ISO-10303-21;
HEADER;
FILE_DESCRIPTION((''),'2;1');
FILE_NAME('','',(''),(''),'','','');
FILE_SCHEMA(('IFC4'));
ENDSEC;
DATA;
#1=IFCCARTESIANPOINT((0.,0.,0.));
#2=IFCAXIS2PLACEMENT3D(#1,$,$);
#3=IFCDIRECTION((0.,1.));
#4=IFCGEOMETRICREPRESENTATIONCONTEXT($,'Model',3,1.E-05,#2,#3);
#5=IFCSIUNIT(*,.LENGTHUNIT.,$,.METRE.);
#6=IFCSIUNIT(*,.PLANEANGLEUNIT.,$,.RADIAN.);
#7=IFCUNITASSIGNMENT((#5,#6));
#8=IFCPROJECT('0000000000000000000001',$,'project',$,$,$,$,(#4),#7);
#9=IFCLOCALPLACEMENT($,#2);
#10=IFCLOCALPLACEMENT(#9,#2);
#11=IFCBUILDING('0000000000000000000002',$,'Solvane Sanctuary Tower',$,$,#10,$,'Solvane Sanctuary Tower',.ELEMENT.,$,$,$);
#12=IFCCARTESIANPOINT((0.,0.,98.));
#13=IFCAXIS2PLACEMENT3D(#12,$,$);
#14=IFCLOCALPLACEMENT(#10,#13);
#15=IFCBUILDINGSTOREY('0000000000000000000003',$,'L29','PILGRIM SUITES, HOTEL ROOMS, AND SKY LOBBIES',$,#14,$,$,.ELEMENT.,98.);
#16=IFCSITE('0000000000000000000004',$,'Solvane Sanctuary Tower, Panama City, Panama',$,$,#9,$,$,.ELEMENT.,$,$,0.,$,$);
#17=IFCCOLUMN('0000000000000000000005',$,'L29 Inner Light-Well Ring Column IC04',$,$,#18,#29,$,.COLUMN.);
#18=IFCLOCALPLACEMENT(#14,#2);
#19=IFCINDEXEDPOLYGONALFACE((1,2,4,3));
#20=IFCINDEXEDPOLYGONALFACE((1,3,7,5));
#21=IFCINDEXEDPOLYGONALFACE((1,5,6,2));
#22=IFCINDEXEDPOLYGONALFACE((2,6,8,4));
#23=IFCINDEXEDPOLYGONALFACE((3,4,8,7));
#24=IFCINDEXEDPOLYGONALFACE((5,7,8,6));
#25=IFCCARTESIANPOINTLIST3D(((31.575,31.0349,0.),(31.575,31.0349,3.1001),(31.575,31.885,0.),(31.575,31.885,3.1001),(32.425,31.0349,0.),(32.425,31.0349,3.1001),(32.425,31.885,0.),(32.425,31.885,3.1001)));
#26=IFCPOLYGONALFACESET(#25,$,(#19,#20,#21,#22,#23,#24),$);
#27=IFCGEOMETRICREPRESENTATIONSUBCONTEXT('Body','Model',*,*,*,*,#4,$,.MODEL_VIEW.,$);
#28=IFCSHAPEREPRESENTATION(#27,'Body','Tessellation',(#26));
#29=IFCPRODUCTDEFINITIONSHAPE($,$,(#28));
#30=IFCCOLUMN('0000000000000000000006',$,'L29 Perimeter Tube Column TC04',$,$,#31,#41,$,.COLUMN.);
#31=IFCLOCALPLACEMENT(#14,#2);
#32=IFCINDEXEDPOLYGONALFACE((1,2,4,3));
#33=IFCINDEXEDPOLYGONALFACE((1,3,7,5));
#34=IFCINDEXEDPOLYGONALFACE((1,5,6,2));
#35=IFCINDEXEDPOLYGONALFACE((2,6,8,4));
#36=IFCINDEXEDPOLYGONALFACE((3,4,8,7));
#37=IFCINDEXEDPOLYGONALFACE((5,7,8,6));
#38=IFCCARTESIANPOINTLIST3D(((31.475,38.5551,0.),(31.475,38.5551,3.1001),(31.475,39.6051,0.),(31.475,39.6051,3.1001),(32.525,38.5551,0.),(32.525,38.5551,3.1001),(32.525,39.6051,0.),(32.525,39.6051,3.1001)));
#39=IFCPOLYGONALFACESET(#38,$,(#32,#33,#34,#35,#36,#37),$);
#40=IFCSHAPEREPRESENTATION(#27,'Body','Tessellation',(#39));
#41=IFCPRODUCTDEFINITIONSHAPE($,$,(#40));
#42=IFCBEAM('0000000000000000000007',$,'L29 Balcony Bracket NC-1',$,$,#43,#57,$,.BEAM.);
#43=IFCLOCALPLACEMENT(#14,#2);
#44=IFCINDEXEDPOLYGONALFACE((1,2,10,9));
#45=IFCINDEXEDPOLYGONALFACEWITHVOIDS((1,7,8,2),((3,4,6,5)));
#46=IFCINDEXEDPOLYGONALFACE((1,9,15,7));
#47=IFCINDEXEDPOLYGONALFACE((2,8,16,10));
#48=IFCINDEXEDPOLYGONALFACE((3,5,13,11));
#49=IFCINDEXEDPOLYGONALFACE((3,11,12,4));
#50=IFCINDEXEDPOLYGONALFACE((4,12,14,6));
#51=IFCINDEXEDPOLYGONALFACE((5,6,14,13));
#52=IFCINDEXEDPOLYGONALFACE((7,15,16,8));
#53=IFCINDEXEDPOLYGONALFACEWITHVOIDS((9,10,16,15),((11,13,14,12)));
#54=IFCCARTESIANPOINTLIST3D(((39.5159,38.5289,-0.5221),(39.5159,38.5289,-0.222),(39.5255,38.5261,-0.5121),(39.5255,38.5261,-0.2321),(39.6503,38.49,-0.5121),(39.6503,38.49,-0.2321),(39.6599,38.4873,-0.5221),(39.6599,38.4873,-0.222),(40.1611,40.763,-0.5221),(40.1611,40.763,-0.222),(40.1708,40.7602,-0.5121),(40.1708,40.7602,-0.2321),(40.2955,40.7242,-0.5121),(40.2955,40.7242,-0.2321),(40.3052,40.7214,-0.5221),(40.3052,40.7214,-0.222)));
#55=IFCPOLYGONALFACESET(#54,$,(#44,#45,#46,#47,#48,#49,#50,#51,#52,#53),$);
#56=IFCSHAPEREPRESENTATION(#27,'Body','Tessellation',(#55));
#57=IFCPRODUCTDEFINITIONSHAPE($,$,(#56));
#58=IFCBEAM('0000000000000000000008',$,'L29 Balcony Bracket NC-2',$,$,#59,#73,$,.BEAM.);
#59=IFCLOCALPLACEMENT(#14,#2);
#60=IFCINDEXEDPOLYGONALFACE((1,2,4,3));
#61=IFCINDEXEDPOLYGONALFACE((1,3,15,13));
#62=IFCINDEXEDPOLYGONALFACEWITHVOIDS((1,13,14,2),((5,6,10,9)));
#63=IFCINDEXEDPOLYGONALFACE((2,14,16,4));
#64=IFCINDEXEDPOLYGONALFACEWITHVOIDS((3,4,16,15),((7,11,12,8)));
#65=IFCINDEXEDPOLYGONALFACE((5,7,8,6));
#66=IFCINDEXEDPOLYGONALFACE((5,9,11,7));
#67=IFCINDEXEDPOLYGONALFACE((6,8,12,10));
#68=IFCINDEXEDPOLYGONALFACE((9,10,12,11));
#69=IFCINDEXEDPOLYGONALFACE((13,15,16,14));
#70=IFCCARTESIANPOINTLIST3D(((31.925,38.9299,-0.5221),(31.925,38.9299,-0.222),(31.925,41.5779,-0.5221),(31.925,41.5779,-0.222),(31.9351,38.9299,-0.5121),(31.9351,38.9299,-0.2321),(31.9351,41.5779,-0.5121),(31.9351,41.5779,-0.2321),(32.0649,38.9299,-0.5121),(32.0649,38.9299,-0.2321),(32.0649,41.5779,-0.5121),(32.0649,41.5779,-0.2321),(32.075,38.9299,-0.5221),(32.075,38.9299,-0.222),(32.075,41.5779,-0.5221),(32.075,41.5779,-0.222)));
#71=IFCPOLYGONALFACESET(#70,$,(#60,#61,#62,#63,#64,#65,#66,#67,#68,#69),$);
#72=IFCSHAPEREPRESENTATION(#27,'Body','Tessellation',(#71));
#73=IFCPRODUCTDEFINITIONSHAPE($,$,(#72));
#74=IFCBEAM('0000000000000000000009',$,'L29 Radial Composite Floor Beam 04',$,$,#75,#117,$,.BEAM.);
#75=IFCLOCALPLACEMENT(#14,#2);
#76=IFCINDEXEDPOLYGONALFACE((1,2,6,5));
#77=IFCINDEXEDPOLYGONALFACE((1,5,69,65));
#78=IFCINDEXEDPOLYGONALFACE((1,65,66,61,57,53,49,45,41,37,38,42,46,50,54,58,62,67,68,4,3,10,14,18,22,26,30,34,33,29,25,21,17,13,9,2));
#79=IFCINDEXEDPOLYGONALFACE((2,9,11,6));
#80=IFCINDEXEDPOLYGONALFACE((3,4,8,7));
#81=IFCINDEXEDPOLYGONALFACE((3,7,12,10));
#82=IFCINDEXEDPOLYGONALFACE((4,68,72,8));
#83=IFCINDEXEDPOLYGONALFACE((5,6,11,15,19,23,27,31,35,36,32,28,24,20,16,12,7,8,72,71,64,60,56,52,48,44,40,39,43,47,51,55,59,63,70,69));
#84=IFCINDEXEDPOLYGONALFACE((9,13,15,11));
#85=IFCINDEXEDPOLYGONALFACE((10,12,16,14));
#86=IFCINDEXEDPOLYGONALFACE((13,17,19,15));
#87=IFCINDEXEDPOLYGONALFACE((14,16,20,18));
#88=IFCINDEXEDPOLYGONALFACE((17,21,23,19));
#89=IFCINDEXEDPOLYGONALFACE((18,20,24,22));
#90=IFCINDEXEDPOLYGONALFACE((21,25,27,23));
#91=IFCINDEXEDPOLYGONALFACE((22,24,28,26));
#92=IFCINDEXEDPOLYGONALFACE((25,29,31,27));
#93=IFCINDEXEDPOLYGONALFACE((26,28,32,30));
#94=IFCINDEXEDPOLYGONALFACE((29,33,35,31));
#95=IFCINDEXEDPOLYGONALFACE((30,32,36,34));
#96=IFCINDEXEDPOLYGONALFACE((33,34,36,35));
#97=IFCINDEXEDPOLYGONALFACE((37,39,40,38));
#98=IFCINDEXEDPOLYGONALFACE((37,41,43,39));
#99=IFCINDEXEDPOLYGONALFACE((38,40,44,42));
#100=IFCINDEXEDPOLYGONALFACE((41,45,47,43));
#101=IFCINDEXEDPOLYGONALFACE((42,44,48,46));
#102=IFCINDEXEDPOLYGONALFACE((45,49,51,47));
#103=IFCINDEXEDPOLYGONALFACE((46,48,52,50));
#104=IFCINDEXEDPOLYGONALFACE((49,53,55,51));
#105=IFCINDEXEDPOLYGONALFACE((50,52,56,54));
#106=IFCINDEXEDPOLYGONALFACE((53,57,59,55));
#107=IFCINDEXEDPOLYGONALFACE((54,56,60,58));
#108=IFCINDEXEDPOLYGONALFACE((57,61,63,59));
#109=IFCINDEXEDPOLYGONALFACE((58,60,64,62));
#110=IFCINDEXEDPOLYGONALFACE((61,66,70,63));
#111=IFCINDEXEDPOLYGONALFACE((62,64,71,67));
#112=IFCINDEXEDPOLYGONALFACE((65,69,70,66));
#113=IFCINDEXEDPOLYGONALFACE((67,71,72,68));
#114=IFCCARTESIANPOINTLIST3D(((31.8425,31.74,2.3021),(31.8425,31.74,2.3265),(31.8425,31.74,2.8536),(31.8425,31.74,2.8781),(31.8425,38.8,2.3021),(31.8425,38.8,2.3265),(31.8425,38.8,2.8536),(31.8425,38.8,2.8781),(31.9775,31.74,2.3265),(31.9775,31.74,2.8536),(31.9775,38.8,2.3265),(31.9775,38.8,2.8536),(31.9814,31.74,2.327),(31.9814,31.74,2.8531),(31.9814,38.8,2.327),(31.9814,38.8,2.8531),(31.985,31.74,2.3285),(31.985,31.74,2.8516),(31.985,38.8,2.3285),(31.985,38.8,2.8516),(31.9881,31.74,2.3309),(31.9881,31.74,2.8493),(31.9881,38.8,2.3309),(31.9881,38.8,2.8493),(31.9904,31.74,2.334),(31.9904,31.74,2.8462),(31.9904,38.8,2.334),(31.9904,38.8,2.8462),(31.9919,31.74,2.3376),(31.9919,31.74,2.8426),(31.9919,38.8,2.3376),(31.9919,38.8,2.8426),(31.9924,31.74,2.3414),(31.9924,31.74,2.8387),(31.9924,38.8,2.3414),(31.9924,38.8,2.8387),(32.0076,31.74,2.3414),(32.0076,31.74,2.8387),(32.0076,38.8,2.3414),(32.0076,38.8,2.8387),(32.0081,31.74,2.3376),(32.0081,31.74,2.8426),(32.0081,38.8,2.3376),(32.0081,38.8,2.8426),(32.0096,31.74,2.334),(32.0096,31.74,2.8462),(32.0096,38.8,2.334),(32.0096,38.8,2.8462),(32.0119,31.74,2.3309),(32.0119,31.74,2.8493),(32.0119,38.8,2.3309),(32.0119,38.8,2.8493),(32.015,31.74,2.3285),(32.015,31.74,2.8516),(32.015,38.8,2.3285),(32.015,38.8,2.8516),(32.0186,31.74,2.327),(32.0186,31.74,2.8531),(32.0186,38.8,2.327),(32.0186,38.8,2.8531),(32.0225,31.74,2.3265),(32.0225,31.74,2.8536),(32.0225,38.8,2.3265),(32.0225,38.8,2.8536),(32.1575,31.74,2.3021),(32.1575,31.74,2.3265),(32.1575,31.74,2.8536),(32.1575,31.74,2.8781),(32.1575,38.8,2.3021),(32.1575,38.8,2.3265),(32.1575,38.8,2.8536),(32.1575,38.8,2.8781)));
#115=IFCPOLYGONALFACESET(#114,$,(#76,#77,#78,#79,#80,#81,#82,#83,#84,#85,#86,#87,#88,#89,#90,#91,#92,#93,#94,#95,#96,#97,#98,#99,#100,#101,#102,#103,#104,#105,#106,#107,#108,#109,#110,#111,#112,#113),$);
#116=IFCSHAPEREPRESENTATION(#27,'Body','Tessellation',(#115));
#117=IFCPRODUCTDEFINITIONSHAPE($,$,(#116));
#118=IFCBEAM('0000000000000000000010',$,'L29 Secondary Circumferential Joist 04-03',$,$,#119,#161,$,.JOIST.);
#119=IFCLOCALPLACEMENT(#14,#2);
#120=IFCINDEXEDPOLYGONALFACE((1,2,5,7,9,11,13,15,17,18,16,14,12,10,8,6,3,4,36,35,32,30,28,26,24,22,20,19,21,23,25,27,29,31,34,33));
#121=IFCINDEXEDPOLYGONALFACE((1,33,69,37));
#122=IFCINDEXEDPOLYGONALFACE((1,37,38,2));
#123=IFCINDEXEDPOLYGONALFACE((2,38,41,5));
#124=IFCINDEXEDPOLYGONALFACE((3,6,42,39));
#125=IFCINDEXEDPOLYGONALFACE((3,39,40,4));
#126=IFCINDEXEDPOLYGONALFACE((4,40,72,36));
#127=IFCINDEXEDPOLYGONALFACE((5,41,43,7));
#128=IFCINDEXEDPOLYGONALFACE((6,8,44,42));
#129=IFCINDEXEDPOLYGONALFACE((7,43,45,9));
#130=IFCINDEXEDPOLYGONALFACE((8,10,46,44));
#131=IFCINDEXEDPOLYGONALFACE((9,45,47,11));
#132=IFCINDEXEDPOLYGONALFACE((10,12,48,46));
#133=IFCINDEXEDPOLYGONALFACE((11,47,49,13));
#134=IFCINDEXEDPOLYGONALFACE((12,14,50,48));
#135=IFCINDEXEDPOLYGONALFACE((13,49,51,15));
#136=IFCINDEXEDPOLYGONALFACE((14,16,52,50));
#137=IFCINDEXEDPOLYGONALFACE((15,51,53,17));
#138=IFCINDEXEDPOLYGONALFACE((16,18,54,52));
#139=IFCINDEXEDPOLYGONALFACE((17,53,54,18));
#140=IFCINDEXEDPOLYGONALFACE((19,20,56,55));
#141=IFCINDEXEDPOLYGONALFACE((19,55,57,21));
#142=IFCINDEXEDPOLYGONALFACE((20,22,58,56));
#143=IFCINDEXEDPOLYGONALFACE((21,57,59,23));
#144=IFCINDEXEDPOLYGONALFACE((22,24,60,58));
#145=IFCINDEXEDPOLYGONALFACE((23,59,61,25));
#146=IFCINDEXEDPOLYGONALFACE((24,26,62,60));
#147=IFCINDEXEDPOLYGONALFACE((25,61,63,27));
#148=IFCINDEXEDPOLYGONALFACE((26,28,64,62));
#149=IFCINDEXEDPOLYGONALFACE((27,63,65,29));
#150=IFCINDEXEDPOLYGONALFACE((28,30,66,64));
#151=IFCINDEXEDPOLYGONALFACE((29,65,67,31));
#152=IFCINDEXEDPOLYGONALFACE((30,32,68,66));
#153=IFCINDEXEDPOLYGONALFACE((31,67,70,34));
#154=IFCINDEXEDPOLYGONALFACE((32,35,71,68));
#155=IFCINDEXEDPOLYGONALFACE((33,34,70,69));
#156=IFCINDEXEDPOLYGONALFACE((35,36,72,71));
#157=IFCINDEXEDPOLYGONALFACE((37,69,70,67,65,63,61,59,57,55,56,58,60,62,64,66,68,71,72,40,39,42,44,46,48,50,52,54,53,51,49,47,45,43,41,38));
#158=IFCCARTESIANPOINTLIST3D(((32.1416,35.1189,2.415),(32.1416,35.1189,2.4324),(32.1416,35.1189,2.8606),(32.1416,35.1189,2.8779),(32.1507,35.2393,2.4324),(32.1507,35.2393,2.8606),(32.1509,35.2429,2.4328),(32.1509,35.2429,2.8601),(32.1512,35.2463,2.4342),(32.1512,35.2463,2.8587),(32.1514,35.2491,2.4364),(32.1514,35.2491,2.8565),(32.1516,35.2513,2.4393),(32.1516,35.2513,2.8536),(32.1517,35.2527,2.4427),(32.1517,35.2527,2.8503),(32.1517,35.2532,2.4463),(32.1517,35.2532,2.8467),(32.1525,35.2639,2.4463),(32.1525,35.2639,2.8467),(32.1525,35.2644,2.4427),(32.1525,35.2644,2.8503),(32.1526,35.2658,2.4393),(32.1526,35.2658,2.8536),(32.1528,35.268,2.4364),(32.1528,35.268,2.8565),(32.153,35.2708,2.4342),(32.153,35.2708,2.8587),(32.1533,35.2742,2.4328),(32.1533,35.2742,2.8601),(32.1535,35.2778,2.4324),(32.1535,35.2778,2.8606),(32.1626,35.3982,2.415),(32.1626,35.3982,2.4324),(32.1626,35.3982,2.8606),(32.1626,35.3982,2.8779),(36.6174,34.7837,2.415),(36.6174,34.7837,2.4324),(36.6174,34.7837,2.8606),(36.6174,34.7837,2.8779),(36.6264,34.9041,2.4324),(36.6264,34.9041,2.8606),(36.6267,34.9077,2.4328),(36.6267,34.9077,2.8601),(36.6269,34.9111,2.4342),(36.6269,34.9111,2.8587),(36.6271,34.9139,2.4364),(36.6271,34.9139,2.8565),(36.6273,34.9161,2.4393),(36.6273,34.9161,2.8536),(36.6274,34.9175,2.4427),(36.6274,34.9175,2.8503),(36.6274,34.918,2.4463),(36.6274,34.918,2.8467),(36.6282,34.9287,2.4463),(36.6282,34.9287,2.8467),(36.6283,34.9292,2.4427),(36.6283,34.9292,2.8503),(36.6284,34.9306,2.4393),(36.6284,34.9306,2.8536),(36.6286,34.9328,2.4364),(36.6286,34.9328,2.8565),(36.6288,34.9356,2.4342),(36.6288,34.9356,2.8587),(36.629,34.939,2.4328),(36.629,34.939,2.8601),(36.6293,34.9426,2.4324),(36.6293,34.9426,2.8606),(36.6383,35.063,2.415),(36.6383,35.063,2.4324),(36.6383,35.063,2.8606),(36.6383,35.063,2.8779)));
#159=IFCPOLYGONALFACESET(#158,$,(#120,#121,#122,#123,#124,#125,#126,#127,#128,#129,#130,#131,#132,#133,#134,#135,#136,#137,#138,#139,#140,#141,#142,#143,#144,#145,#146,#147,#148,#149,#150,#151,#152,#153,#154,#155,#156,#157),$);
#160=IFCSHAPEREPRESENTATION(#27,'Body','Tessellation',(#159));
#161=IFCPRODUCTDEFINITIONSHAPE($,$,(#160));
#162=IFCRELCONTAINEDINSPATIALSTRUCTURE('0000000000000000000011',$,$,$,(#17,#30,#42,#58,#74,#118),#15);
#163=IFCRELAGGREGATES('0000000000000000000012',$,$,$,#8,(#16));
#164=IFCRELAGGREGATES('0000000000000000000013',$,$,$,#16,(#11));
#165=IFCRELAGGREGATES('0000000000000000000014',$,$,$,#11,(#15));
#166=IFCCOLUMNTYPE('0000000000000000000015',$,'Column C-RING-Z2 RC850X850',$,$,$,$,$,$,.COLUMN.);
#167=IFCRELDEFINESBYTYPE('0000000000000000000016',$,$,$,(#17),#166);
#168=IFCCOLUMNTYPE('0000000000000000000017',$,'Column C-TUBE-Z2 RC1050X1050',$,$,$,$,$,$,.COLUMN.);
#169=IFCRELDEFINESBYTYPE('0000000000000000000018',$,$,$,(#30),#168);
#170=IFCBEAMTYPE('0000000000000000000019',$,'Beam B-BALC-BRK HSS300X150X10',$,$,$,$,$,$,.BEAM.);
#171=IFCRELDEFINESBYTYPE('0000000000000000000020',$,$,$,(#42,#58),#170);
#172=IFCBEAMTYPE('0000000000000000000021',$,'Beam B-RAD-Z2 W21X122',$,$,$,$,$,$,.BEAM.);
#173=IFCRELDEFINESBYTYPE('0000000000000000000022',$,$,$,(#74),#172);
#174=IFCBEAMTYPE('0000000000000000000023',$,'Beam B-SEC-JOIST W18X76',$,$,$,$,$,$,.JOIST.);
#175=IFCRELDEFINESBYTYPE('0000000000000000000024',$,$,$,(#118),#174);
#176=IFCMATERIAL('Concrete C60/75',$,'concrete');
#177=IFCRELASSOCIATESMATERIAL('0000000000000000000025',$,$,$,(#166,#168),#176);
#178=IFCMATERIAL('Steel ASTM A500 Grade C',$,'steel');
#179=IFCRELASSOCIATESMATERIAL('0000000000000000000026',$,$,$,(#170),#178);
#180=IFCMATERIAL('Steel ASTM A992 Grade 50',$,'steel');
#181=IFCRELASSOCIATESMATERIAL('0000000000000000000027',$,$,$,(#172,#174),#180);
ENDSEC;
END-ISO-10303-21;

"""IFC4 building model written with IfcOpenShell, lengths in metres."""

from ifc_helpers import new_model, si_unit, direction, frame, origin, origin_2d, place, context, subcontext, project, spatial, rectangle, hollow_rectangle, i_section, extrude, material, material_profile, profile_set, type_object, element, save


model = new_model("IFC4")

# Units and contexts
model_context = context("Model", 3, precision=1e-05, world=origin(), true_north=direction((0.0, 1.0)))
body_context = subcontext(model_context, "Body", "Model", "MODEL_VIEW")
ifc_project = project(units=[si_unit("LENGTHUNIT", "METRE"), si_unit("PLANEANGLEUNIT", "RADIAN")], contexts=[model_context])

# Site, building, storey
site_placement = place(None, origin())
site = spatial("IfcSite", under=ifc_project, at=site_placement, Name="Solvane Sanctuary Tower, Panama City, Panama", CompositionType="ELEMENT", RefElevation=0.0)
building_placement = place(site_placement, origin())
building = spatial("IfcBuilding", under=site, at=building_placement, Name="Solvane Sanctuary Tower", LongName="Solvane Sanctuary Tower", CompositionType="ELEMENT")
storey_placement = place(building_placement, frame((0.0, 0.0, 98.0)))
storey = spatial("IfcBuildingStorey", under=building, at=storey_placement, Name="L29", Description="PILGRIM SUITES, HOTEL ROOMS, AND SKY LOBBIES", CompositionType="ELEMENT", Elevation=98.0)

# Columns
ifc_material_1 = material(Name="Concrete C60/75", Category="concrete")
ifc_material_profile_1 = material_profile(ifc_material_1, rectangle(XDim=0.8501, YDim=0.8501, at=origin_2d()), Name="RC850X850")
ifc_profile_set_1 = profile_set([ifc_material_profile_1], Name="Concrete C60/75")
column_type_1 = type_object("IfcColumnType", Name="Column C-RING-Z2 RC850X850", PredefinedType="COLUMN", material=ifc_profile_set_1)
column_1_placement = place(storey_placement, frame((32.0, 31.46, 0.0), z_axis=(0.0, 0.0, 1.0), x_axis=(1.0, 0.0, 0.0)))
element("IfcColumn", 1, at=column_1_placement, inside=storey, type_object=column_type_1, Name="L29 Inner Light-Well Ring Column IC04", PredefinedType="COLUMN", context=body_context, shape_type="SweptSolid", body=[
    extrude(rectangle(XDim=0.8501, YDim=0.8501, at=origin_2d()), origin(), (0.0, 0.0, 1.0), 3.1001),
])
ifc_material_profile_2 = material_profile(ifc_material_1, rectangle(XDim=1.05, YDim=1.05, at=origin_2d()), Name="RC1050X1050")
ifc_profile_set_2 = profile_set([ifc_material_profile_2], Name="Concrete C60/75")
column_type_2 = type_object("IfcColumnType", Name="Column C-TUBE-Z2 RC1050X1050", PredefinedType="COLUMN", material=ifc_profile_set_2)
column_2_placement = place(storey_placement, frame((32.0, 39.0801, 0.0), z_axis=(0.0, 0.0, 1.0), x_axis=(0.0, 1.0, 0.0)))
element("IfcColumn", 2, at=column_2_placement, inside=storey, type_object=column_type_2, Name="L29 Perimeter Tube Column TC04", PredefinedType="COLUMN", context=body_context, shape_type="SweptSolid", body=[
    extrude(rectangle(XDim=1.05, YDim=1.05, at=origin_2d()), origin(), (0.0, 0.0, 1.0), 3.1001),
])

# Beams
ifc_material_2 = material(Name="Steel ASTM A500 Grade C", Category="steel")
ifc_material_profile_3 = material_profile(ifc_material_2, hollow_rectangle(XDim=0.1499, YDim=0.3, WallThickness=0.01, at=origin_2d()), Name="HSS300X150X10")
ifc_profile_set_3 = profile_set([ifc_material_profile_3], Name="Steel ASTM A500 Grade C")
beam_type_1 = type_object("IfcBeamType", Name="Beam B-BALC-BRK HSS300X150X10", PredefinedType="BEAM", material=ifc_profile_set_3)
beam_1_placement = place(storey_placement, frame((39.5879, 38.5081, -0.3721), z_axis=(0.277479, 0.960732, 0.0), x_axis=(-0.960732, 0.277479, 0.0)))
element("IfcBeam", 3, at=beam_1_placement, inside=storey, type_object=beam_type_1, Name="L29 Balcony Bracket NC-1", PredefinedType="BEAM", context=body_context, shape_type="SweptSolid", body=[
    extrude(hollow_rectangle(XDim=0.1499, YDim=0.3, WallThickness=0.01, at=origin_2d()), origin(), (0.0, 0.0, 1.0), 2.3254),
])
beam_2_placement = place(storey_placement, frame((32.0, 38.9299, -0.3721), z_axis=(0.0, 1.0, 0.0), x_axis=(-1.0, 0.0, 0.0)))
element("IfcBeam", 4, at=beam_2_placement, inside=storey, type_object=beam_type_1, Name="L29 Balcony Bracket NC-2", PredefinedType="BEAM", context=body_context, shape_type="SweptSolid", body=[
    extrude(hollow_rectangle(XDim=0.1499, YDim=0.3, WallThickness=0.01, at=origin_2d()), origin(), (0.0, 0.0, 1.0), 2.6479),
])
ifc_material_3 = material(Name="Steel ASTM A992 Grade 50", Category="steel")
ifc_material_profile_4 = material_profile(ifc_material_3, i_section(OverallWidth=0.3149, OverallDepth=0.5759, WebThickness=0.0151, FlangeThickness=0.0244, FilletRadius=0.0149, at=origin_2d()), Name="W21X122")
ifc_profile_set_4 = profile_set([ifc_material_profile_4], Name="Steel ASTM A992 Grade 50")
beam_type_2 = type_object("IfcBeamType", Name="Beam B-RAD-Z2 W21X122", PredefinedType="BEAM", material=ifc_profile_set_4)
beam_3_placement = place(storey_placement, frame((32.0, 31.74, 2.5901), z_axis=(0.0, 1.0, 0.0), x_axis=(-1.0, 0.0, 0.0)))
element("IfcBeam", 5, at=beam_3_placement, inside=storey, type_object=beam_type_2, Name="L29 Radial Composite Floor Beam 04", PredefinedType="BEAM", context=body_context, shape_type="SweptSolid", body=[
    extrude(i_section(OverallWidth=0.3149, OverallDepth=0.5759, WebThickness=0.0151, FlangeThickness=0.0244, FilletRadius=0.0149, at=origin_2d()), origin(), (0.0, 0.0, 1.0), 7.0601),
])
ifc_material_profile_5 = material_profile(ifc_material_3, i_section(OverallWidth=0.28, OverallDepth=0.4629, WebThickness=0.0107, FlangeThickness=0.0173, FilletRadius=0.0139, at=origin_2d()), Name="W18X76")
ifc_profile_set_5 = profile_set([ifc_material_profile_5], Name="Steel ASTM A992 Grade 50")
beam_type_3 = type_object("IfcBeamType", Name="Beam B-SEC-JOIST W18X76", PredefinedType="JOIST", material=ifc_profile_set_5)
beam_4_placement = place(storey_placement, frame((32.1521, 35.2585, 2.6465), z_axis=(0.997207, -0.074683, 0.0), x_axis=(0.074683, 0.997207, 0.0)))
element("IfcBeam", 6, at=beam_4_placement, inside=storey, type_object=beam_type_3, Name="L29 Secondary Circumferential Joist 04-03", PredefinedType="JOIST", context=body_context, shape_type="SweptSolid", body=[
    extrude(i_section(OverallWidth=0.28, OverallDepth=0.4629, WebThickness=0.0107, FlangeThickness=0.0173, FilletRadius=0.0139, at=origin_2d()), origin(), (0.0, 0.0, 1.0), 4.4883),
])

save(model, "model.ifc")
